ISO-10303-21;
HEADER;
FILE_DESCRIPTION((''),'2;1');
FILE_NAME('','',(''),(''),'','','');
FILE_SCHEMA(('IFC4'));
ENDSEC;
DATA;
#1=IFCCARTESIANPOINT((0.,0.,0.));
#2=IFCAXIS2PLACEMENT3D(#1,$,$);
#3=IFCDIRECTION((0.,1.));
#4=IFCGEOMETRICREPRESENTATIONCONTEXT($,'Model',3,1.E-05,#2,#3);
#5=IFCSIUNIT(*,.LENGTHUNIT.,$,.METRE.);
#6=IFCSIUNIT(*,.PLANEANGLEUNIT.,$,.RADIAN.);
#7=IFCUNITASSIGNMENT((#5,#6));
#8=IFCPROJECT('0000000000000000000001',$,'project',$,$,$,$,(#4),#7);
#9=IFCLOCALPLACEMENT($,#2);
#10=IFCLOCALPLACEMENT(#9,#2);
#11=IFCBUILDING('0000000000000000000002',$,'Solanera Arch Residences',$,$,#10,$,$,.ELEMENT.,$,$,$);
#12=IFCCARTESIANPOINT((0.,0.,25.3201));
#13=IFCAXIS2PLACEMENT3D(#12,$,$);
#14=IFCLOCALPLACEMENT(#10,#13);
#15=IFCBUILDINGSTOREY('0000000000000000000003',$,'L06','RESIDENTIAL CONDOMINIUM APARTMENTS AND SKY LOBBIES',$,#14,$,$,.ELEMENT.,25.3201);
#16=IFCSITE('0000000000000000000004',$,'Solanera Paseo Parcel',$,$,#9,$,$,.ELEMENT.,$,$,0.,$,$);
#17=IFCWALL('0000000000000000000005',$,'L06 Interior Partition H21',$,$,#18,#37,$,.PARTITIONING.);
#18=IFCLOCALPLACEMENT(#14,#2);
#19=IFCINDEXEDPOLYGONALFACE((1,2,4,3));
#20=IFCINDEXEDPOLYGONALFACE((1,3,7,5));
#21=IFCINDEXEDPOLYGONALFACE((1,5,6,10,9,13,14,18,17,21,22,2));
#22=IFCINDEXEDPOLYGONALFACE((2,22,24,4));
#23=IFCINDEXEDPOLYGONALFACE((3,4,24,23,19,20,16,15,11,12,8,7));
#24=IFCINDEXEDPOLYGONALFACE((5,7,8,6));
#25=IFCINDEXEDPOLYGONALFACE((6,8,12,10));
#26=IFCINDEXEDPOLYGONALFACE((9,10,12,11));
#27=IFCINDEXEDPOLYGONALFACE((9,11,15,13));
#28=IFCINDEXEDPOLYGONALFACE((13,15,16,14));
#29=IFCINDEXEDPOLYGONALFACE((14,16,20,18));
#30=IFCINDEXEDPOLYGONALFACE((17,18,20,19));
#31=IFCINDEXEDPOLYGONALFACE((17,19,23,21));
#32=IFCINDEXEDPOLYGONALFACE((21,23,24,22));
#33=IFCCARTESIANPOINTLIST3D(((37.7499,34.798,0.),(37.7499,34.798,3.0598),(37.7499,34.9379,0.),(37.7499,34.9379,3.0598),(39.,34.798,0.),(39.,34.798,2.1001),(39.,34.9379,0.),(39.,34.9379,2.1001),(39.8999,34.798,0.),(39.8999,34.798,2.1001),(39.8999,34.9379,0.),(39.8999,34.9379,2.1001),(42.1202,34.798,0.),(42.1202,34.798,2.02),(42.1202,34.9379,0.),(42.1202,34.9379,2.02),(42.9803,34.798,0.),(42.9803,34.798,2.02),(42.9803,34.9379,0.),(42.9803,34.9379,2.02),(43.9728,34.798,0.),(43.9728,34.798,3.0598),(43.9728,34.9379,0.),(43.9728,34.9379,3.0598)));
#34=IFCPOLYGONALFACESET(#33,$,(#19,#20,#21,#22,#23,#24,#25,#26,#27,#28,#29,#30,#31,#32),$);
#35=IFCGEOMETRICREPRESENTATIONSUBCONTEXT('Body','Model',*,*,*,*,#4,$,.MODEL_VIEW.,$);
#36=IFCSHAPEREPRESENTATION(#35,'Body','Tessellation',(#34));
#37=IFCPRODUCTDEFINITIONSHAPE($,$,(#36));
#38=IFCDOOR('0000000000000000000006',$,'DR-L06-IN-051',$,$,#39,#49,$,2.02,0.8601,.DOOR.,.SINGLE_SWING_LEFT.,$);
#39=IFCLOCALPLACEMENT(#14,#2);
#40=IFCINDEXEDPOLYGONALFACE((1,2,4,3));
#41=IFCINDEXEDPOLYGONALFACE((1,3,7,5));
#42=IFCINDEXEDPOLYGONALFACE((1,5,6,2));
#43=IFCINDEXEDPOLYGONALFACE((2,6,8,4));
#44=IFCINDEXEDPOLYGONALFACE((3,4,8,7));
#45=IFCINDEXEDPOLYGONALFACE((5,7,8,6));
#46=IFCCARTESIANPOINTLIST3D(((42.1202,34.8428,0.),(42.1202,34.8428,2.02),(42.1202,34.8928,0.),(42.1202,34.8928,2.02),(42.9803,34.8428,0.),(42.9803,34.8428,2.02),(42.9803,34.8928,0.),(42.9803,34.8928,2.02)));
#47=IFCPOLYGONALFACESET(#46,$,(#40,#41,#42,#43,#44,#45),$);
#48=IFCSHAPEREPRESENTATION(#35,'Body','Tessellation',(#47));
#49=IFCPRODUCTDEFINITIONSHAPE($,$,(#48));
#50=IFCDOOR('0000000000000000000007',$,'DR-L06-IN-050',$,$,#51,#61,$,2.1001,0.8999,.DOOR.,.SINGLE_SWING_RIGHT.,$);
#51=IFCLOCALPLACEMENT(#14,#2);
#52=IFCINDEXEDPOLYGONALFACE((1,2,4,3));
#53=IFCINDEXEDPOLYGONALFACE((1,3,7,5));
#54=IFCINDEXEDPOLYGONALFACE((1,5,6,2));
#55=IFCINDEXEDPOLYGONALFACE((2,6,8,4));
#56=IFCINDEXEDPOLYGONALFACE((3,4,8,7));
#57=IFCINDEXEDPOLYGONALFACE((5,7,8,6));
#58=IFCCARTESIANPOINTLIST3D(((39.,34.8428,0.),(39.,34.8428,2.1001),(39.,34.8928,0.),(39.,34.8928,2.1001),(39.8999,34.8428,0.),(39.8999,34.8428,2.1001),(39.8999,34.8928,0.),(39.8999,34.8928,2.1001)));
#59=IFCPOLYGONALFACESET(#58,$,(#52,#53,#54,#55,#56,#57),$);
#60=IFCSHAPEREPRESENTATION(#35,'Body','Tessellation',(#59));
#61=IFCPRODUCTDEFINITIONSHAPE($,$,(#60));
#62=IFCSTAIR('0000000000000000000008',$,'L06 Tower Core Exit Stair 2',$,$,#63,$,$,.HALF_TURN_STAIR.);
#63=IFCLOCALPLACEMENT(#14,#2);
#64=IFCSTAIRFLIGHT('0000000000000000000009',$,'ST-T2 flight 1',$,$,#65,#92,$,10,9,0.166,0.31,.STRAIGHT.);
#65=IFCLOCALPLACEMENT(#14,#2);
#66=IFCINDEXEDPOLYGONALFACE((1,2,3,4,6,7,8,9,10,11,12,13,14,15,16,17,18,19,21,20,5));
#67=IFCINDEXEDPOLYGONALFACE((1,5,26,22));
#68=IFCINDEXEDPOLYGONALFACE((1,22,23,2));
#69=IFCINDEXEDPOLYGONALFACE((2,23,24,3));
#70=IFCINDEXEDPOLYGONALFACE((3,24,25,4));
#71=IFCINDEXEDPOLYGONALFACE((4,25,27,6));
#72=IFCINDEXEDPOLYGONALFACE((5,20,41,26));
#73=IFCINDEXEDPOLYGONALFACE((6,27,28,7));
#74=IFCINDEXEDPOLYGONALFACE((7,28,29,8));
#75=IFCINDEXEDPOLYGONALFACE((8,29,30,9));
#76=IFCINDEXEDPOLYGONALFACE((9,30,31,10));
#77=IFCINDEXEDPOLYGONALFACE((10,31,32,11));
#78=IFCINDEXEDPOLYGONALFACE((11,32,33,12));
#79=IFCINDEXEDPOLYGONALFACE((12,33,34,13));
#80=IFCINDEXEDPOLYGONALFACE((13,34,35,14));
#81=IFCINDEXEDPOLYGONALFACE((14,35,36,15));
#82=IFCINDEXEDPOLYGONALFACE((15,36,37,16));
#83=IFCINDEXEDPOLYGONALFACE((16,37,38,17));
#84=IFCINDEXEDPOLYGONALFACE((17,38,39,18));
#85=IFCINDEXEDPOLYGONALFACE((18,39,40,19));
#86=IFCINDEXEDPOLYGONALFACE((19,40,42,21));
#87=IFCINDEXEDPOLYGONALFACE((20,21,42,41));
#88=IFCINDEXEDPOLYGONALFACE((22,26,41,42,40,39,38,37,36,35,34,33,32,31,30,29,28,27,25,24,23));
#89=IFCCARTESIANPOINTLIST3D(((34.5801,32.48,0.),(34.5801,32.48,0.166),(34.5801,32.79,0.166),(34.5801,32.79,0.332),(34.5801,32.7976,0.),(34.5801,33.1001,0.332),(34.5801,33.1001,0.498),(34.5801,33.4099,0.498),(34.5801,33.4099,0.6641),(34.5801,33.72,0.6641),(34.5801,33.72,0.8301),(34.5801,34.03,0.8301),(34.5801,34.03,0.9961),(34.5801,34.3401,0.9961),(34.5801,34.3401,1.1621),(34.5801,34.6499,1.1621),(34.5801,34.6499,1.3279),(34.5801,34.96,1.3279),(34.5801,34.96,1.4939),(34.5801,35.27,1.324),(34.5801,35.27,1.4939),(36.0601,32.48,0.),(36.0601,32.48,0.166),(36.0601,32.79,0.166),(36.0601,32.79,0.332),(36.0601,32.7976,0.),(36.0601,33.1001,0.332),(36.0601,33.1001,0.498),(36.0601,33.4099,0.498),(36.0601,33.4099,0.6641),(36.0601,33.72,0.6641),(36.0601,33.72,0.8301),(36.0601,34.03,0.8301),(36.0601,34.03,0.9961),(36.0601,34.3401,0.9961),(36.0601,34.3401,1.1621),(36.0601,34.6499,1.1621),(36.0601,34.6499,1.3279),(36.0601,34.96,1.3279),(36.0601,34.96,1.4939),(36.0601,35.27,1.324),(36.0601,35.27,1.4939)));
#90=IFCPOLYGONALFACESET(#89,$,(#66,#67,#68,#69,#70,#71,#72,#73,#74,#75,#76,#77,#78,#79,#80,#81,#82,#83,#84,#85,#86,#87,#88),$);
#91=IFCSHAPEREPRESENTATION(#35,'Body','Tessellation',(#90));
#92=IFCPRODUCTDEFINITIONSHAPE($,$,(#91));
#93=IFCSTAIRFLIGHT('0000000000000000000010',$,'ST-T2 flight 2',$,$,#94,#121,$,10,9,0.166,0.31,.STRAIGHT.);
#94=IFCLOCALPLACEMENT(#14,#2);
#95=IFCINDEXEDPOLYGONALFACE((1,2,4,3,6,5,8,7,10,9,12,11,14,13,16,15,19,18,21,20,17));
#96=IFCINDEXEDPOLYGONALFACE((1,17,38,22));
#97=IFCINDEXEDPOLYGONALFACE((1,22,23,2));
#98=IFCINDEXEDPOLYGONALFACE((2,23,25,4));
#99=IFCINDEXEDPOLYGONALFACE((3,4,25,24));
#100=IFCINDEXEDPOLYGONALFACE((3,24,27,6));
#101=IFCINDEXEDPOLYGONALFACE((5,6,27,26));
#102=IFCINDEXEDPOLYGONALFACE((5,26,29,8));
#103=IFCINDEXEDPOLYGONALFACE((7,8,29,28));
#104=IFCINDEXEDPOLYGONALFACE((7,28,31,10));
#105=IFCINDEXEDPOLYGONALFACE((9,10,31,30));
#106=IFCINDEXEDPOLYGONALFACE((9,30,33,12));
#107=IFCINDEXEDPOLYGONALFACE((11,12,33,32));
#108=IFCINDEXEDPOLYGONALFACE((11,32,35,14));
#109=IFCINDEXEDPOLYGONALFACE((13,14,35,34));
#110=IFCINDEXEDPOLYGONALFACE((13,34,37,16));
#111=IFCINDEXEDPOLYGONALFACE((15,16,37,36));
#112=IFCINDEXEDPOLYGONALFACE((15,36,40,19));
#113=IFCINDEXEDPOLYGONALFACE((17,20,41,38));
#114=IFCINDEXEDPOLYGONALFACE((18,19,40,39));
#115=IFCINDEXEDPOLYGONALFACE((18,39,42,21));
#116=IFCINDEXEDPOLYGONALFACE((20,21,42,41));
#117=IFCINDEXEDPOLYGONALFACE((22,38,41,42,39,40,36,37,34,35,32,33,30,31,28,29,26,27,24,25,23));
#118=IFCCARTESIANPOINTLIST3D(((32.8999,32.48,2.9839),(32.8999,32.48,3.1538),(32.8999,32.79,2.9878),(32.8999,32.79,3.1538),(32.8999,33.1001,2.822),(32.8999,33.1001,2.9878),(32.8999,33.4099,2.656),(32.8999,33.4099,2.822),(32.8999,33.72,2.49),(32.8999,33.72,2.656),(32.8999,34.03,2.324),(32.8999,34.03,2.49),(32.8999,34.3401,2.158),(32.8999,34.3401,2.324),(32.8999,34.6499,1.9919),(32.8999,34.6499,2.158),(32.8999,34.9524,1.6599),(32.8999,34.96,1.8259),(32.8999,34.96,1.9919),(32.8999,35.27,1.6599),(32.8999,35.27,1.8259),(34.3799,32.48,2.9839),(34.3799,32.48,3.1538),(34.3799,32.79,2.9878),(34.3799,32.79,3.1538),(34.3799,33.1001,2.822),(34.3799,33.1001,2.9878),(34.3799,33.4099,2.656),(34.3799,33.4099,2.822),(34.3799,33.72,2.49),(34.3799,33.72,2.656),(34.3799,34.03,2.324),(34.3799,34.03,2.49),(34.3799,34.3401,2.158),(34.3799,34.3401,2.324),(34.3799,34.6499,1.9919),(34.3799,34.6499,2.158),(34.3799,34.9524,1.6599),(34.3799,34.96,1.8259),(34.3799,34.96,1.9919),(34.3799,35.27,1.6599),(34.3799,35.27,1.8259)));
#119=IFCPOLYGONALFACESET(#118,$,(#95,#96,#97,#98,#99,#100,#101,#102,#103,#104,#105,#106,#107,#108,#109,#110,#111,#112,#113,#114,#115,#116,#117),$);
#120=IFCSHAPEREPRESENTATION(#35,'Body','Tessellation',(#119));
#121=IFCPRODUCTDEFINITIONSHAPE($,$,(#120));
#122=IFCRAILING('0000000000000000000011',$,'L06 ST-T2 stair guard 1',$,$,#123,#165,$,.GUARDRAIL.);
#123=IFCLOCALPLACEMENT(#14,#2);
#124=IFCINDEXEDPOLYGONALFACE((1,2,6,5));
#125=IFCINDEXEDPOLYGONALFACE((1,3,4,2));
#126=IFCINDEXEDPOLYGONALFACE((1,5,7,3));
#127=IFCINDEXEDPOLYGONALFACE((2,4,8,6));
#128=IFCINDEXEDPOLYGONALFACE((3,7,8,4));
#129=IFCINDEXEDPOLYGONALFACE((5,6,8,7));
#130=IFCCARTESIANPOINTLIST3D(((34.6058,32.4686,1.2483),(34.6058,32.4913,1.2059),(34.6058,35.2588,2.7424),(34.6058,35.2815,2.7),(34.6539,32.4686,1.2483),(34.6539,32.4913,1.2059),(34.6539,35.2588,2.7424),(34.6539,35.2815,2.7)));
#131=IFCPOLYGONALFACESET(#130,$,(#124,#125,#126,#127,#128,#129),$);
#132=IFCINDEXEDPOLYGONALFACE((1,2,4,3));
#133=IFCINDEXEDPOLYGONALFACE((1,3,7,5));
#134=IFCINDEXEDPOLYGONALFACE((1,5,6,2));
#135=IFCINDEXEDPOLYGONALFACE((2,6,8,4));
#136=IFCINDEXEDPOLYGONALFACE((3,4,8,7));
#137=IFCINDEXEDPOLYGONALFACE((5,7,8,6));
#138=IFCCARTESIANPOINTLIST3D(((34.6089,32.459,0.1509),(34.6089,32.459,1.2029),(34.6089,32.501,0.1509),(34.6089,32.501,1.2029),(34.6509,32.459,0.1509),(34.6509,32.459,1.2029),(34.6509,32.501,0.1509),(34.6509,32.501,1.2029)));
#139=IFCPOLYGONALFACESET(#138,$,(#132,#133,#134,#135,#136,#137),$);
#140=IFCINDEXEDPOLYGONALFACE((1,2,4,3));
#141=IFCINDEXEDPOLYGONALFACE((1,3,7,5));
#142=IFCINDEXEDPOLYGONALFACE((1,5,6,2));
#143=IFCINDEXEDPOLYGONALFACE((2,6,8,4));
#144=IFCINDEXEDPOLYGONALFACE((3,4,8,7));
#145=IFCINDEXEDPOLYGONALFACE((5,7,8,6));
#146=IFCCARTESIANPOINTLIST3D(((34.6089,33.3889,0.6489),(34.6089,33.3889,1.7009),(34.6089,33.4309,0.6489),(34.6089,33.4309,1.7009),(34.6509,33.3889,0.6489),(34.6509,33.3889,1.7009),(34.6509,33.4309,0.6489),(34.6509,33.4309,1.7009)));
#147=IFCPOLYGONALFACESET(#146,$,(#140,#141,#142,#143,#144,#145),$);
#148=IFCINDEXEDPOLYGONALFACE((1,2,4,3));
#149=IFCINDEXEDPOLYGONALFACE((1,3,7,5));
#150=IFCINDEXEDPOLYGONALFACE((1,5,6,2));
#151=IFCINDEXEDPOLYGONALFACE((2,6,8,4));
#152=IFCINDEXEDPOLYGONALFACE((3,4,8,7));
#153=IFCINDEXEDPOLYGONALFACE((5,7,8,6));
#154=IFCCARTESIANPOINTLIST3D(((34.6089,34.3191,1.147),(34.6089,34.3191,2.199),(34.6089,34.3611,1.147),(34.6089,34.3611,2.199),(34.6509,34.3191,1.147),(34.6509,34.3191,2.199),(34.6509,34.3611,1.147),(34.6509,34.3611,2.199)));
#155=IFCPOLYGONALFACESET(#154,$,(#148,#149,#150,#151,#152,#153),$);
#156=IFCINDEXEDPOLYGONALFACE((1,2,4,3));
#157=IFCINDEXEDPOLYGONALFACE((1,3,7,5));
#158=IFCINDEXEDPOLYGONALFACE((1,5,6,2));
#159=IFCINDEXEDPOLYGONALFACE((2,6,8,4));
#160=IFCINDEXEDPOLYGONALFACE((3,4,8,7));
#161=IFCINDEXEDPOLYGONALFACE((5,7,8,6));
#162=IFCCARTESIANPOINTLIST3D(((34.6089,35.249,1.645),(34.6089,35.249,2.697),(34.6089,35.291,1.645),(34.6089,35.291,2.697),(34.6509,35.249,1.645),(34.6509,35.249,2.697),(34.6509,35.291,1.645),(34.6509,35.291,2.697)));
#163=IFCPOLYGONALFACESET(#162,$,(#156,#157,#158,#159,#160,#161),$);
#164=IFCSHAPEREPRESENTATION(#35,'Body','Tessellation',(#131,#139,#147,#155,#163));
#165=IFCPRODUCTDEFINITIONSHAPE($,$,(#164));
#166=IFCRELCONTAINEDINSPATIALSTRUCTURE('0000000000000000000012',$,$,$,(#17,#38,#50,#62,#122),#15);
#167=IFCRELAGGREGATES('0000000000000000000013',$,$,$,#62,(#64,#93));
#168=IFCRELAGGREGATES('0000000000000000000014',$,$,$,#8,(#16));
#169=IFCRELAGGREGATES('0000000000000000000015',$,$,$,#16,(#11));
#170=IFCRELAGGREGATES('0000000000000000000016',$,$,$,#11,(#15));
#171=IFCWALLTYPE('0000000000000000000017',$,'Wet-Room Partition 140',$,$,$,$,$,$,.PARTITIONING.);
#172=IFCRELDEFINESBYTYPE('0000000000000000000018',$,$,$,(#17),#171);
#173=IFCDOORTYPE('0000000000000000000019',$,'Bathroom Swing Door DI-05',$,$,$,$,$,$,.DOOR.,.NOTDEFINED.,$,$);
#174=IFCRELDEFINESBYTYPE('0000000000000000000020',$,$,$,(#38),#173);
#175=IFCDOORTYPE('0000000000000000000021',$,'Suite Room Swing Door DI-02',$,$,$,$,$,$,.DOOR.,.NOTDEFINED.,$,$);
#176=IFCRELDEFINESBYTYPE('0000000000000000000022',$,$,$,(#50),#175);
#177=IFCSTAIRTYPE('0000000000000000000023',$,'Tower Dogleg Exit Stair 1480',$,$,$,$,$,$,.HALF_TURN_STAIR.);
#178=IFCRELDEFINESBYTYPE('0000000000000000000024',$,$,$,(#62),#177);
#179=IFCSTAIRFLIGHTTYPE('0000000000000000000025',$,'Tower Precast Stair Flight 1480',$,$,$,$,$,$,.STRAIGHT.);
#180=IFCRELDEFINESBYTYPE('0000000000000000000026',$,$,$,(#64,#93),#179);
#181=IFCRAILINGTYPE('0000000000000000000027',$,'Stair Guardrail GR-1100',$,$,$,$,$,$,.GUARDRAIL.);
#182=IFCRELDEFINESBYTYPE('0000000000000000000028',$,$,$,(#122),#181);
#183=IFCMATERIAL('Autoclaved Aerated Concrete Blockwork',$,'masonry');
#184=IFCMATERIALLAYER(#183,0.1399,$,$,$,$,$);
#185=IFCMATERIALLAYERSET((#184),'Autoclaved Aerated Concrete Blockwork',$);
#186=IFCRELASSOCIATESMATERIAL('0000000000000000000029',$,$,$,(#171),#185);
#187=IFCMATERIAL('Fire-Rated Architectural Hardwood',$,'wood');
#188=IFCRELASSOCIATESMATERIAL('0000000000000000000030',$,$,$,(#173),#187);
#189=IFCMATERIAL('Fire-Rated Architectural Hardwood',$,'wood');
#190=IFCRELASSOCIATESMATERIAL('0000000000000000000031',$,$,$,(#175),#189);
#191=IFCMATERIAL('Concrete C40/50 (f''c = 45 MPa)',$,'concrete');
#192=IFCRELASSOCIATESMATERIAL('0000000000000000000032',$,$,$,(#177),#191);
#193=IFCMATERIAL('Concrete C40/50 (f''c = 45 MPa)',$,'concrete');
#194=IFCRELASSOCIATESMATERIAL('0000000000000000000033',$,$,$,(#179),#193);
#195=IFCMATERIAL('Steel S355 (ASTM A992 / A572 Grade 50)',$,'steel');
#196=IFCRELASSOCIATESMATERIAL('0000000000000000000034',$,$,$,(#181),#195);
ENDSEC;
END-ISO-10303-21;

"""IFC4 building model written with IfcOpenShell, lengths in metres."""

from ifc_helpers import new_model, si_unit, direction, frame, frame_2d, origin, origin_2d, place, context, subcontext, project, spatial, polyline, rectangle, outline, extrude, material, layer, layer_set, type_object, element, fill, aggregate, save


model = new_model("IFC4")

# Units and contexts
model_context = context("Model", 3, precision=1e-05, world=origin(), true_north=direction((0.0, 1.0)))
body_context = subcontext(model_context, "Body", "Model", "MODEL_VIEW")
ifc_project = project(units=[si_unit("LENGTHUNIT", "METRE"), si_unit("PLANEANGLEUNIT", "RADIAN")], contexts=[model_context])

# Site, building, storey
site_placement = place(None, origin())
site = spatial("IfcSite", under=ifc_project, at=site_placement, Name="Solanera Paseo Parcel", CompositionType="ELEMENT", RefElevation=0.0)
building_placement = place(site_placement, origin())
building = spatial("IfcBuilding", under=site, at=building_placement, Name="Solanera Arch Residences", CompositionType="ELEMENT")
storey_placement = place(building_placement, frame((0.0, 0.0, 25.3201)))
storey = spatial("IfcBuildingStorey", under=building, at=storey_placement, Name="L06", Description="RESIDENTIAL CONDOMINIUM APARTMENTS AND SKY LOBBIES", CompositionType="ELEMENT", Elevation=25.3201)

# Wall, openings, doors
ifc_material_1 = material(Name="Autoclaved Aerated Concrete Blockwork", Category="masonry")
ifc_layer_1 = layer(ifc_material_1, 0.1399)
ifc_layer_set_1 = layer_set([ifc_layer_1], Name="Autoclaved Aerated Concrete Blockwork")
wall_type_1 = type_object("IfcWallType", Name="Wet-Room Partition 140", PredefinedType="PARTITIONING", material=ifc_layer_set_1)
wall_1_placement = place(storey_placement, frame((37.75, 34.8679, 0.0), z_axis=(0.0, 0.0, 1.0), x_axis=(1.0, 0.0, 0.0)))
wall_1 = element("IfcWall", 1, at=wall_1_placement, inside=storey, type_object=wall_type_1, Name="L06 Interior Partition H21", PredefinedType="PARTITIONING", context=body_context, shape_type="SweptSolid", body=[
    extrude(rectangle(XDim=6.2229, YDim=0.1399, at=frame_2d((3.1113, 0.0))), origin(), (0.0, 0.0, 1.0), 3.0598),
])
opening_1_placement = place(wall_1_placement, frame((1.25, 0.0, 0.0)))
opening_1 = element("IfcOpeningElement", 2, at=opening_1_placement, cuts=wall_1, PredefinedType="OPENING", context=body_context, shape_type="SweptSolid", body=[
    extrude(rectangle(XDim=0.8999, YDim=2.1001, at=frame_2d((0.45, 1.05))), frame((0.0, 0.0798, 0.0), z_axis=(0.0, -1.0, 0.0), x_axis=(1.0, 0.0, 0.0)), (0.0, 0.0, 1.0), 0.1599),
])
opening_2_placement = place(wall_1_placement, frame((4.3701, 0.0, 0.0)))
opening_2 = element("IfcOpeningElement", 3, at=opening_2_placement, cuts=wall_1, PredefinedType="OPENING", context=body_context, shape_type="SweptSolid", body=[
    extrude(rectangle(XDim=0.8601, YDim=2.02, at=frame_2d((0.4302, 1.01))), frame((0.0, 0.0798, 0.0), z_axis=(0.0, -1.0, 0.0), x_axis=(1.0, 0.0, 0.0)), (0.0, 0.0, 1.0), 0.1599),
])
ifc_material_2 = material(Name="Fire-Rated Architectural Hardwood", Category="wood")
door_type_1 = type_object("IfcDoorType", Name="Bathroom Swing Door DI-05", OperationType="NOTDEFINED", PredefinedType="DOOR", material=ifc_material_2)
door_1_placement = place(opening_2_placement, origin())
door_1 = element("IfcDoor", 4, at=door_1_placement, inside=storey, type_object=door_type_1, Name="DR-L06-IN-051", OperationType="SINGLE_SWING_LEFT", OverallHeight=2.02, OverallWidth=0.8601, PredefinedType="DOOR", context=body_context, shape_type="SweptSolid", body=[
    extrude(rectangle(XDim=0.8601, YDim=2.02, at=frame_2d((0.4302, 1.01))), frame((0.0, 0.0249, 0.0), z_axis=(0.0, -1.0, 0.0), x_axis=(1.0, 0.0, 0.0)), (0.0, 0.0, 1.0), 0.05),
])
fill(opening_2, door_1)
ifc_material_3 = material(Name="Fire-Rated Architectural Hardwood", Category="wood")
door_type_2 = type_object("IfcDoorType", Name="Suite Room Swing Door DI-02", OperationType="NOTDEFINED", PredefinedType="DOOR", material=ifc_material_3)
door_2_placement = place(opening_1_placement, origin())
door_2 = element("IfcDoor", 5, at=door_2_placement, inside=storey, type_object=door_type_2, Name="DR-L06-IN-050", OperationType="SINGLE_SWING_RIGHT", OverallHeight=2.1001, OverallWidth=0.8999, PredefinedType="DOOR", context=body_context, shape_type="SweptSolid", body=[
    extrude(rectangle(XDim=0.8999, YDim=2.1001, at=frame_2d((0.45, 1.05))), frame((0.0, 0.0249, 0.0), z_axis=(0.0, -1.0, 0.0), x_axis=(1.0, 0.0, 0.0)), (0.0, 0.0, 1.0), 0.05),
])
fill(opening_1, door_2)

# Stair, stair flights
ifc_material_4 = material(Name="Concrete C40/50 (f'c = 45 MPa)", Category="concrete")
stair_type = type_object("IfcStairType", Name="Tower Dogleg Exit Stair 1480", PredefinedType="HALF_TURN_STAIR", material=ifc_material_4)
stair_placement = place(storey_placement, origin())
stair = element("IfcStair", 6, at=stair_placement, inside=storey, type_object=stair_type, Name="L06 Tower Core Exit Stair 2", PredefinedType="HALF_TURN_STAIR")
ifc_material_5 = material(Name="Concrete C40/50 (f'c = 45 MPa)", Category="concrete")
stair_flight_type = type_object("IfcStairFlightType", Name="Tower Precast Stair Flight 1480", PredefinedType="STRAIGHT", material=ifc_material_5)
stair_flight_1_placement = place(storey_placement, frame((35.3201, 32.48, 0.0), z_axis=(0.0, 0.0, 1.0), x_axis=(0.0, 1.0, 0.0)))
stair_flight_1 = element("IfcStairFlight", 7, at=stair_flight_1_placement, type_object=stair_flight_type, Name="ST-T2 flight 1", NumberOfRisers=10, NumberOfTreads=9, PredefinedType="STRAIGHT", RiserHeight=0.166, TreadLength=0.31, context=body_context, shape_type="SweptSolid", body=[
    extrude(outline(polyline([(0.0, 0.0), (0.0, 0.166), (0.3101, 0.166), (0.3101, 0.332), (0.6201, 0.332), (0.6201, 0.498), (0.9299, 0.498), (0.9299, 0.6641), (1.24, 0.6641), (1.24, 0.8301), (1.55, 0.8301), (1.55, 0.9961), (1.8601, 0.9961), (1.8601, 1.1621), (2.1699, 1.1621), (2.1699, 1.3279), (2.48, 1.3279), (2.48, 1.4939), (2.79, 1.4939), (2.79, 1.6599), (2.79, 1.324), (0.3176, 0.0), (0.0, 0.0)])), frame((0.0, 0.74, 0.0), z_axis=(0.0, -1.0, 0.0), x_axis=(1.0, 0.0, 0.0)), (0.0, 0.0, 1.0), 1.48),
])
stair_flight_2_placement = place(storey_placement, frame((33.6399, 35.27, 1.6599), z_axis=(0.0, 0.0, 1.0), x_axis=(0.0, -1.0, 0.0)))
stair_flight_2 = element("IfcStairFlight", 8, at=stair_flight_2_placement, type_object=stair_flight_type, Name="ST-T2 flight 2", NumberOfRisers=10, NumberOfTreads=9, PredefinedType="STRAIGHT", RiserHeight=0.166, TreadLength=0.31, context=body_context, shape_type="SweptSolid", body=[
    extrude(outline(polyline([(0.0, 0.0), (0.0, 0.166), (0.3101, 0.166), (0.3101, 0.332), (0.6201, 0.332), (0.6201, 0.498), (0.9299, 0.498), (0.9299, 0.6641), (1.24, 0.6641), (1.24, 0.8301), (1.55, 0.8301), (1.55, 0.9961), (1.8601, 0.9961), (1.8601, 1.1621), (2.1699, 1.1621), (2.1699, 1.3279), (2.48, 1.3279), (2.48, 1.4939), (2.79, 1.4939), (2.79, 1.6599), (2.79, 1.324), (0.3176, 0.0), (0.0, 0.0)])), frame((0.0, 0.74, 0.0), z_axis=(0.0, -1.0, 0.0), x_axis=(1.0, 0.0, 0.0)), (0.0, 0.0, 1.0), 1.48),
])
aggregate(stair, [stair_flight_1, stair_flight_2])

# Railing
ifc_material_6 = material(Name="Steel S355 (ASTM A992 / A572 Grade 50)", Category="steel")
railing_type_1 = type_object("IfcRailingType", Name="Stair Guardrail GR-1100", PredefinedType="GUARDRAIL", material=ifc_material_6)
railing_1_placement = place(storey_placement, frame((34.6299, 32.48, 0.1509)))
element("IfcRailing", 9, at=railing_1_placement, inside=storey, type_object=railing_type_1, Name="L06 ST-T2 stair guard 1", PredefinedType="GUARDRAIL", context=body_context, shape_type="SweptSolid", body=[
    extrude(rectangle(XDim=0.0481, YDim=0.0481, at=origin_2d()), frame((0.0, 0.0, 1.0762), z_axis=(0.0, 0.881549, 0.472093), x_axis=(-1.0, 0.0, 0.0)), (0.0, 0.0, 1.0), 3.165),
    extrude(rectangle(XDim=0.042, YDim=0.042, at=origin_2d()), origin(), (0.0, 0.0, 1.0), 1.052),
    extrude(rectangle(XDim=0.042, YDim=0.042, at=origin_2d()), frame((0.0, 0.9299, 0.498)), (0.0, 0.0, 1.0), 1.052),
    extrude(rectangle(XDim=0.042, YDim=0.042, at=origin_2d()), frame((0.0, 1.8601, 0.9961)), (0.0, 0.0, 1.0), 1.052),
    extrude(rectangle(XDim=0.042, YDim=0.042, at=origin_2d()), frame((0.0, 2.79, 1.4941)), (0.0, 0.0, 1.0), 1.052),
])

save(model, "model.ifc")
